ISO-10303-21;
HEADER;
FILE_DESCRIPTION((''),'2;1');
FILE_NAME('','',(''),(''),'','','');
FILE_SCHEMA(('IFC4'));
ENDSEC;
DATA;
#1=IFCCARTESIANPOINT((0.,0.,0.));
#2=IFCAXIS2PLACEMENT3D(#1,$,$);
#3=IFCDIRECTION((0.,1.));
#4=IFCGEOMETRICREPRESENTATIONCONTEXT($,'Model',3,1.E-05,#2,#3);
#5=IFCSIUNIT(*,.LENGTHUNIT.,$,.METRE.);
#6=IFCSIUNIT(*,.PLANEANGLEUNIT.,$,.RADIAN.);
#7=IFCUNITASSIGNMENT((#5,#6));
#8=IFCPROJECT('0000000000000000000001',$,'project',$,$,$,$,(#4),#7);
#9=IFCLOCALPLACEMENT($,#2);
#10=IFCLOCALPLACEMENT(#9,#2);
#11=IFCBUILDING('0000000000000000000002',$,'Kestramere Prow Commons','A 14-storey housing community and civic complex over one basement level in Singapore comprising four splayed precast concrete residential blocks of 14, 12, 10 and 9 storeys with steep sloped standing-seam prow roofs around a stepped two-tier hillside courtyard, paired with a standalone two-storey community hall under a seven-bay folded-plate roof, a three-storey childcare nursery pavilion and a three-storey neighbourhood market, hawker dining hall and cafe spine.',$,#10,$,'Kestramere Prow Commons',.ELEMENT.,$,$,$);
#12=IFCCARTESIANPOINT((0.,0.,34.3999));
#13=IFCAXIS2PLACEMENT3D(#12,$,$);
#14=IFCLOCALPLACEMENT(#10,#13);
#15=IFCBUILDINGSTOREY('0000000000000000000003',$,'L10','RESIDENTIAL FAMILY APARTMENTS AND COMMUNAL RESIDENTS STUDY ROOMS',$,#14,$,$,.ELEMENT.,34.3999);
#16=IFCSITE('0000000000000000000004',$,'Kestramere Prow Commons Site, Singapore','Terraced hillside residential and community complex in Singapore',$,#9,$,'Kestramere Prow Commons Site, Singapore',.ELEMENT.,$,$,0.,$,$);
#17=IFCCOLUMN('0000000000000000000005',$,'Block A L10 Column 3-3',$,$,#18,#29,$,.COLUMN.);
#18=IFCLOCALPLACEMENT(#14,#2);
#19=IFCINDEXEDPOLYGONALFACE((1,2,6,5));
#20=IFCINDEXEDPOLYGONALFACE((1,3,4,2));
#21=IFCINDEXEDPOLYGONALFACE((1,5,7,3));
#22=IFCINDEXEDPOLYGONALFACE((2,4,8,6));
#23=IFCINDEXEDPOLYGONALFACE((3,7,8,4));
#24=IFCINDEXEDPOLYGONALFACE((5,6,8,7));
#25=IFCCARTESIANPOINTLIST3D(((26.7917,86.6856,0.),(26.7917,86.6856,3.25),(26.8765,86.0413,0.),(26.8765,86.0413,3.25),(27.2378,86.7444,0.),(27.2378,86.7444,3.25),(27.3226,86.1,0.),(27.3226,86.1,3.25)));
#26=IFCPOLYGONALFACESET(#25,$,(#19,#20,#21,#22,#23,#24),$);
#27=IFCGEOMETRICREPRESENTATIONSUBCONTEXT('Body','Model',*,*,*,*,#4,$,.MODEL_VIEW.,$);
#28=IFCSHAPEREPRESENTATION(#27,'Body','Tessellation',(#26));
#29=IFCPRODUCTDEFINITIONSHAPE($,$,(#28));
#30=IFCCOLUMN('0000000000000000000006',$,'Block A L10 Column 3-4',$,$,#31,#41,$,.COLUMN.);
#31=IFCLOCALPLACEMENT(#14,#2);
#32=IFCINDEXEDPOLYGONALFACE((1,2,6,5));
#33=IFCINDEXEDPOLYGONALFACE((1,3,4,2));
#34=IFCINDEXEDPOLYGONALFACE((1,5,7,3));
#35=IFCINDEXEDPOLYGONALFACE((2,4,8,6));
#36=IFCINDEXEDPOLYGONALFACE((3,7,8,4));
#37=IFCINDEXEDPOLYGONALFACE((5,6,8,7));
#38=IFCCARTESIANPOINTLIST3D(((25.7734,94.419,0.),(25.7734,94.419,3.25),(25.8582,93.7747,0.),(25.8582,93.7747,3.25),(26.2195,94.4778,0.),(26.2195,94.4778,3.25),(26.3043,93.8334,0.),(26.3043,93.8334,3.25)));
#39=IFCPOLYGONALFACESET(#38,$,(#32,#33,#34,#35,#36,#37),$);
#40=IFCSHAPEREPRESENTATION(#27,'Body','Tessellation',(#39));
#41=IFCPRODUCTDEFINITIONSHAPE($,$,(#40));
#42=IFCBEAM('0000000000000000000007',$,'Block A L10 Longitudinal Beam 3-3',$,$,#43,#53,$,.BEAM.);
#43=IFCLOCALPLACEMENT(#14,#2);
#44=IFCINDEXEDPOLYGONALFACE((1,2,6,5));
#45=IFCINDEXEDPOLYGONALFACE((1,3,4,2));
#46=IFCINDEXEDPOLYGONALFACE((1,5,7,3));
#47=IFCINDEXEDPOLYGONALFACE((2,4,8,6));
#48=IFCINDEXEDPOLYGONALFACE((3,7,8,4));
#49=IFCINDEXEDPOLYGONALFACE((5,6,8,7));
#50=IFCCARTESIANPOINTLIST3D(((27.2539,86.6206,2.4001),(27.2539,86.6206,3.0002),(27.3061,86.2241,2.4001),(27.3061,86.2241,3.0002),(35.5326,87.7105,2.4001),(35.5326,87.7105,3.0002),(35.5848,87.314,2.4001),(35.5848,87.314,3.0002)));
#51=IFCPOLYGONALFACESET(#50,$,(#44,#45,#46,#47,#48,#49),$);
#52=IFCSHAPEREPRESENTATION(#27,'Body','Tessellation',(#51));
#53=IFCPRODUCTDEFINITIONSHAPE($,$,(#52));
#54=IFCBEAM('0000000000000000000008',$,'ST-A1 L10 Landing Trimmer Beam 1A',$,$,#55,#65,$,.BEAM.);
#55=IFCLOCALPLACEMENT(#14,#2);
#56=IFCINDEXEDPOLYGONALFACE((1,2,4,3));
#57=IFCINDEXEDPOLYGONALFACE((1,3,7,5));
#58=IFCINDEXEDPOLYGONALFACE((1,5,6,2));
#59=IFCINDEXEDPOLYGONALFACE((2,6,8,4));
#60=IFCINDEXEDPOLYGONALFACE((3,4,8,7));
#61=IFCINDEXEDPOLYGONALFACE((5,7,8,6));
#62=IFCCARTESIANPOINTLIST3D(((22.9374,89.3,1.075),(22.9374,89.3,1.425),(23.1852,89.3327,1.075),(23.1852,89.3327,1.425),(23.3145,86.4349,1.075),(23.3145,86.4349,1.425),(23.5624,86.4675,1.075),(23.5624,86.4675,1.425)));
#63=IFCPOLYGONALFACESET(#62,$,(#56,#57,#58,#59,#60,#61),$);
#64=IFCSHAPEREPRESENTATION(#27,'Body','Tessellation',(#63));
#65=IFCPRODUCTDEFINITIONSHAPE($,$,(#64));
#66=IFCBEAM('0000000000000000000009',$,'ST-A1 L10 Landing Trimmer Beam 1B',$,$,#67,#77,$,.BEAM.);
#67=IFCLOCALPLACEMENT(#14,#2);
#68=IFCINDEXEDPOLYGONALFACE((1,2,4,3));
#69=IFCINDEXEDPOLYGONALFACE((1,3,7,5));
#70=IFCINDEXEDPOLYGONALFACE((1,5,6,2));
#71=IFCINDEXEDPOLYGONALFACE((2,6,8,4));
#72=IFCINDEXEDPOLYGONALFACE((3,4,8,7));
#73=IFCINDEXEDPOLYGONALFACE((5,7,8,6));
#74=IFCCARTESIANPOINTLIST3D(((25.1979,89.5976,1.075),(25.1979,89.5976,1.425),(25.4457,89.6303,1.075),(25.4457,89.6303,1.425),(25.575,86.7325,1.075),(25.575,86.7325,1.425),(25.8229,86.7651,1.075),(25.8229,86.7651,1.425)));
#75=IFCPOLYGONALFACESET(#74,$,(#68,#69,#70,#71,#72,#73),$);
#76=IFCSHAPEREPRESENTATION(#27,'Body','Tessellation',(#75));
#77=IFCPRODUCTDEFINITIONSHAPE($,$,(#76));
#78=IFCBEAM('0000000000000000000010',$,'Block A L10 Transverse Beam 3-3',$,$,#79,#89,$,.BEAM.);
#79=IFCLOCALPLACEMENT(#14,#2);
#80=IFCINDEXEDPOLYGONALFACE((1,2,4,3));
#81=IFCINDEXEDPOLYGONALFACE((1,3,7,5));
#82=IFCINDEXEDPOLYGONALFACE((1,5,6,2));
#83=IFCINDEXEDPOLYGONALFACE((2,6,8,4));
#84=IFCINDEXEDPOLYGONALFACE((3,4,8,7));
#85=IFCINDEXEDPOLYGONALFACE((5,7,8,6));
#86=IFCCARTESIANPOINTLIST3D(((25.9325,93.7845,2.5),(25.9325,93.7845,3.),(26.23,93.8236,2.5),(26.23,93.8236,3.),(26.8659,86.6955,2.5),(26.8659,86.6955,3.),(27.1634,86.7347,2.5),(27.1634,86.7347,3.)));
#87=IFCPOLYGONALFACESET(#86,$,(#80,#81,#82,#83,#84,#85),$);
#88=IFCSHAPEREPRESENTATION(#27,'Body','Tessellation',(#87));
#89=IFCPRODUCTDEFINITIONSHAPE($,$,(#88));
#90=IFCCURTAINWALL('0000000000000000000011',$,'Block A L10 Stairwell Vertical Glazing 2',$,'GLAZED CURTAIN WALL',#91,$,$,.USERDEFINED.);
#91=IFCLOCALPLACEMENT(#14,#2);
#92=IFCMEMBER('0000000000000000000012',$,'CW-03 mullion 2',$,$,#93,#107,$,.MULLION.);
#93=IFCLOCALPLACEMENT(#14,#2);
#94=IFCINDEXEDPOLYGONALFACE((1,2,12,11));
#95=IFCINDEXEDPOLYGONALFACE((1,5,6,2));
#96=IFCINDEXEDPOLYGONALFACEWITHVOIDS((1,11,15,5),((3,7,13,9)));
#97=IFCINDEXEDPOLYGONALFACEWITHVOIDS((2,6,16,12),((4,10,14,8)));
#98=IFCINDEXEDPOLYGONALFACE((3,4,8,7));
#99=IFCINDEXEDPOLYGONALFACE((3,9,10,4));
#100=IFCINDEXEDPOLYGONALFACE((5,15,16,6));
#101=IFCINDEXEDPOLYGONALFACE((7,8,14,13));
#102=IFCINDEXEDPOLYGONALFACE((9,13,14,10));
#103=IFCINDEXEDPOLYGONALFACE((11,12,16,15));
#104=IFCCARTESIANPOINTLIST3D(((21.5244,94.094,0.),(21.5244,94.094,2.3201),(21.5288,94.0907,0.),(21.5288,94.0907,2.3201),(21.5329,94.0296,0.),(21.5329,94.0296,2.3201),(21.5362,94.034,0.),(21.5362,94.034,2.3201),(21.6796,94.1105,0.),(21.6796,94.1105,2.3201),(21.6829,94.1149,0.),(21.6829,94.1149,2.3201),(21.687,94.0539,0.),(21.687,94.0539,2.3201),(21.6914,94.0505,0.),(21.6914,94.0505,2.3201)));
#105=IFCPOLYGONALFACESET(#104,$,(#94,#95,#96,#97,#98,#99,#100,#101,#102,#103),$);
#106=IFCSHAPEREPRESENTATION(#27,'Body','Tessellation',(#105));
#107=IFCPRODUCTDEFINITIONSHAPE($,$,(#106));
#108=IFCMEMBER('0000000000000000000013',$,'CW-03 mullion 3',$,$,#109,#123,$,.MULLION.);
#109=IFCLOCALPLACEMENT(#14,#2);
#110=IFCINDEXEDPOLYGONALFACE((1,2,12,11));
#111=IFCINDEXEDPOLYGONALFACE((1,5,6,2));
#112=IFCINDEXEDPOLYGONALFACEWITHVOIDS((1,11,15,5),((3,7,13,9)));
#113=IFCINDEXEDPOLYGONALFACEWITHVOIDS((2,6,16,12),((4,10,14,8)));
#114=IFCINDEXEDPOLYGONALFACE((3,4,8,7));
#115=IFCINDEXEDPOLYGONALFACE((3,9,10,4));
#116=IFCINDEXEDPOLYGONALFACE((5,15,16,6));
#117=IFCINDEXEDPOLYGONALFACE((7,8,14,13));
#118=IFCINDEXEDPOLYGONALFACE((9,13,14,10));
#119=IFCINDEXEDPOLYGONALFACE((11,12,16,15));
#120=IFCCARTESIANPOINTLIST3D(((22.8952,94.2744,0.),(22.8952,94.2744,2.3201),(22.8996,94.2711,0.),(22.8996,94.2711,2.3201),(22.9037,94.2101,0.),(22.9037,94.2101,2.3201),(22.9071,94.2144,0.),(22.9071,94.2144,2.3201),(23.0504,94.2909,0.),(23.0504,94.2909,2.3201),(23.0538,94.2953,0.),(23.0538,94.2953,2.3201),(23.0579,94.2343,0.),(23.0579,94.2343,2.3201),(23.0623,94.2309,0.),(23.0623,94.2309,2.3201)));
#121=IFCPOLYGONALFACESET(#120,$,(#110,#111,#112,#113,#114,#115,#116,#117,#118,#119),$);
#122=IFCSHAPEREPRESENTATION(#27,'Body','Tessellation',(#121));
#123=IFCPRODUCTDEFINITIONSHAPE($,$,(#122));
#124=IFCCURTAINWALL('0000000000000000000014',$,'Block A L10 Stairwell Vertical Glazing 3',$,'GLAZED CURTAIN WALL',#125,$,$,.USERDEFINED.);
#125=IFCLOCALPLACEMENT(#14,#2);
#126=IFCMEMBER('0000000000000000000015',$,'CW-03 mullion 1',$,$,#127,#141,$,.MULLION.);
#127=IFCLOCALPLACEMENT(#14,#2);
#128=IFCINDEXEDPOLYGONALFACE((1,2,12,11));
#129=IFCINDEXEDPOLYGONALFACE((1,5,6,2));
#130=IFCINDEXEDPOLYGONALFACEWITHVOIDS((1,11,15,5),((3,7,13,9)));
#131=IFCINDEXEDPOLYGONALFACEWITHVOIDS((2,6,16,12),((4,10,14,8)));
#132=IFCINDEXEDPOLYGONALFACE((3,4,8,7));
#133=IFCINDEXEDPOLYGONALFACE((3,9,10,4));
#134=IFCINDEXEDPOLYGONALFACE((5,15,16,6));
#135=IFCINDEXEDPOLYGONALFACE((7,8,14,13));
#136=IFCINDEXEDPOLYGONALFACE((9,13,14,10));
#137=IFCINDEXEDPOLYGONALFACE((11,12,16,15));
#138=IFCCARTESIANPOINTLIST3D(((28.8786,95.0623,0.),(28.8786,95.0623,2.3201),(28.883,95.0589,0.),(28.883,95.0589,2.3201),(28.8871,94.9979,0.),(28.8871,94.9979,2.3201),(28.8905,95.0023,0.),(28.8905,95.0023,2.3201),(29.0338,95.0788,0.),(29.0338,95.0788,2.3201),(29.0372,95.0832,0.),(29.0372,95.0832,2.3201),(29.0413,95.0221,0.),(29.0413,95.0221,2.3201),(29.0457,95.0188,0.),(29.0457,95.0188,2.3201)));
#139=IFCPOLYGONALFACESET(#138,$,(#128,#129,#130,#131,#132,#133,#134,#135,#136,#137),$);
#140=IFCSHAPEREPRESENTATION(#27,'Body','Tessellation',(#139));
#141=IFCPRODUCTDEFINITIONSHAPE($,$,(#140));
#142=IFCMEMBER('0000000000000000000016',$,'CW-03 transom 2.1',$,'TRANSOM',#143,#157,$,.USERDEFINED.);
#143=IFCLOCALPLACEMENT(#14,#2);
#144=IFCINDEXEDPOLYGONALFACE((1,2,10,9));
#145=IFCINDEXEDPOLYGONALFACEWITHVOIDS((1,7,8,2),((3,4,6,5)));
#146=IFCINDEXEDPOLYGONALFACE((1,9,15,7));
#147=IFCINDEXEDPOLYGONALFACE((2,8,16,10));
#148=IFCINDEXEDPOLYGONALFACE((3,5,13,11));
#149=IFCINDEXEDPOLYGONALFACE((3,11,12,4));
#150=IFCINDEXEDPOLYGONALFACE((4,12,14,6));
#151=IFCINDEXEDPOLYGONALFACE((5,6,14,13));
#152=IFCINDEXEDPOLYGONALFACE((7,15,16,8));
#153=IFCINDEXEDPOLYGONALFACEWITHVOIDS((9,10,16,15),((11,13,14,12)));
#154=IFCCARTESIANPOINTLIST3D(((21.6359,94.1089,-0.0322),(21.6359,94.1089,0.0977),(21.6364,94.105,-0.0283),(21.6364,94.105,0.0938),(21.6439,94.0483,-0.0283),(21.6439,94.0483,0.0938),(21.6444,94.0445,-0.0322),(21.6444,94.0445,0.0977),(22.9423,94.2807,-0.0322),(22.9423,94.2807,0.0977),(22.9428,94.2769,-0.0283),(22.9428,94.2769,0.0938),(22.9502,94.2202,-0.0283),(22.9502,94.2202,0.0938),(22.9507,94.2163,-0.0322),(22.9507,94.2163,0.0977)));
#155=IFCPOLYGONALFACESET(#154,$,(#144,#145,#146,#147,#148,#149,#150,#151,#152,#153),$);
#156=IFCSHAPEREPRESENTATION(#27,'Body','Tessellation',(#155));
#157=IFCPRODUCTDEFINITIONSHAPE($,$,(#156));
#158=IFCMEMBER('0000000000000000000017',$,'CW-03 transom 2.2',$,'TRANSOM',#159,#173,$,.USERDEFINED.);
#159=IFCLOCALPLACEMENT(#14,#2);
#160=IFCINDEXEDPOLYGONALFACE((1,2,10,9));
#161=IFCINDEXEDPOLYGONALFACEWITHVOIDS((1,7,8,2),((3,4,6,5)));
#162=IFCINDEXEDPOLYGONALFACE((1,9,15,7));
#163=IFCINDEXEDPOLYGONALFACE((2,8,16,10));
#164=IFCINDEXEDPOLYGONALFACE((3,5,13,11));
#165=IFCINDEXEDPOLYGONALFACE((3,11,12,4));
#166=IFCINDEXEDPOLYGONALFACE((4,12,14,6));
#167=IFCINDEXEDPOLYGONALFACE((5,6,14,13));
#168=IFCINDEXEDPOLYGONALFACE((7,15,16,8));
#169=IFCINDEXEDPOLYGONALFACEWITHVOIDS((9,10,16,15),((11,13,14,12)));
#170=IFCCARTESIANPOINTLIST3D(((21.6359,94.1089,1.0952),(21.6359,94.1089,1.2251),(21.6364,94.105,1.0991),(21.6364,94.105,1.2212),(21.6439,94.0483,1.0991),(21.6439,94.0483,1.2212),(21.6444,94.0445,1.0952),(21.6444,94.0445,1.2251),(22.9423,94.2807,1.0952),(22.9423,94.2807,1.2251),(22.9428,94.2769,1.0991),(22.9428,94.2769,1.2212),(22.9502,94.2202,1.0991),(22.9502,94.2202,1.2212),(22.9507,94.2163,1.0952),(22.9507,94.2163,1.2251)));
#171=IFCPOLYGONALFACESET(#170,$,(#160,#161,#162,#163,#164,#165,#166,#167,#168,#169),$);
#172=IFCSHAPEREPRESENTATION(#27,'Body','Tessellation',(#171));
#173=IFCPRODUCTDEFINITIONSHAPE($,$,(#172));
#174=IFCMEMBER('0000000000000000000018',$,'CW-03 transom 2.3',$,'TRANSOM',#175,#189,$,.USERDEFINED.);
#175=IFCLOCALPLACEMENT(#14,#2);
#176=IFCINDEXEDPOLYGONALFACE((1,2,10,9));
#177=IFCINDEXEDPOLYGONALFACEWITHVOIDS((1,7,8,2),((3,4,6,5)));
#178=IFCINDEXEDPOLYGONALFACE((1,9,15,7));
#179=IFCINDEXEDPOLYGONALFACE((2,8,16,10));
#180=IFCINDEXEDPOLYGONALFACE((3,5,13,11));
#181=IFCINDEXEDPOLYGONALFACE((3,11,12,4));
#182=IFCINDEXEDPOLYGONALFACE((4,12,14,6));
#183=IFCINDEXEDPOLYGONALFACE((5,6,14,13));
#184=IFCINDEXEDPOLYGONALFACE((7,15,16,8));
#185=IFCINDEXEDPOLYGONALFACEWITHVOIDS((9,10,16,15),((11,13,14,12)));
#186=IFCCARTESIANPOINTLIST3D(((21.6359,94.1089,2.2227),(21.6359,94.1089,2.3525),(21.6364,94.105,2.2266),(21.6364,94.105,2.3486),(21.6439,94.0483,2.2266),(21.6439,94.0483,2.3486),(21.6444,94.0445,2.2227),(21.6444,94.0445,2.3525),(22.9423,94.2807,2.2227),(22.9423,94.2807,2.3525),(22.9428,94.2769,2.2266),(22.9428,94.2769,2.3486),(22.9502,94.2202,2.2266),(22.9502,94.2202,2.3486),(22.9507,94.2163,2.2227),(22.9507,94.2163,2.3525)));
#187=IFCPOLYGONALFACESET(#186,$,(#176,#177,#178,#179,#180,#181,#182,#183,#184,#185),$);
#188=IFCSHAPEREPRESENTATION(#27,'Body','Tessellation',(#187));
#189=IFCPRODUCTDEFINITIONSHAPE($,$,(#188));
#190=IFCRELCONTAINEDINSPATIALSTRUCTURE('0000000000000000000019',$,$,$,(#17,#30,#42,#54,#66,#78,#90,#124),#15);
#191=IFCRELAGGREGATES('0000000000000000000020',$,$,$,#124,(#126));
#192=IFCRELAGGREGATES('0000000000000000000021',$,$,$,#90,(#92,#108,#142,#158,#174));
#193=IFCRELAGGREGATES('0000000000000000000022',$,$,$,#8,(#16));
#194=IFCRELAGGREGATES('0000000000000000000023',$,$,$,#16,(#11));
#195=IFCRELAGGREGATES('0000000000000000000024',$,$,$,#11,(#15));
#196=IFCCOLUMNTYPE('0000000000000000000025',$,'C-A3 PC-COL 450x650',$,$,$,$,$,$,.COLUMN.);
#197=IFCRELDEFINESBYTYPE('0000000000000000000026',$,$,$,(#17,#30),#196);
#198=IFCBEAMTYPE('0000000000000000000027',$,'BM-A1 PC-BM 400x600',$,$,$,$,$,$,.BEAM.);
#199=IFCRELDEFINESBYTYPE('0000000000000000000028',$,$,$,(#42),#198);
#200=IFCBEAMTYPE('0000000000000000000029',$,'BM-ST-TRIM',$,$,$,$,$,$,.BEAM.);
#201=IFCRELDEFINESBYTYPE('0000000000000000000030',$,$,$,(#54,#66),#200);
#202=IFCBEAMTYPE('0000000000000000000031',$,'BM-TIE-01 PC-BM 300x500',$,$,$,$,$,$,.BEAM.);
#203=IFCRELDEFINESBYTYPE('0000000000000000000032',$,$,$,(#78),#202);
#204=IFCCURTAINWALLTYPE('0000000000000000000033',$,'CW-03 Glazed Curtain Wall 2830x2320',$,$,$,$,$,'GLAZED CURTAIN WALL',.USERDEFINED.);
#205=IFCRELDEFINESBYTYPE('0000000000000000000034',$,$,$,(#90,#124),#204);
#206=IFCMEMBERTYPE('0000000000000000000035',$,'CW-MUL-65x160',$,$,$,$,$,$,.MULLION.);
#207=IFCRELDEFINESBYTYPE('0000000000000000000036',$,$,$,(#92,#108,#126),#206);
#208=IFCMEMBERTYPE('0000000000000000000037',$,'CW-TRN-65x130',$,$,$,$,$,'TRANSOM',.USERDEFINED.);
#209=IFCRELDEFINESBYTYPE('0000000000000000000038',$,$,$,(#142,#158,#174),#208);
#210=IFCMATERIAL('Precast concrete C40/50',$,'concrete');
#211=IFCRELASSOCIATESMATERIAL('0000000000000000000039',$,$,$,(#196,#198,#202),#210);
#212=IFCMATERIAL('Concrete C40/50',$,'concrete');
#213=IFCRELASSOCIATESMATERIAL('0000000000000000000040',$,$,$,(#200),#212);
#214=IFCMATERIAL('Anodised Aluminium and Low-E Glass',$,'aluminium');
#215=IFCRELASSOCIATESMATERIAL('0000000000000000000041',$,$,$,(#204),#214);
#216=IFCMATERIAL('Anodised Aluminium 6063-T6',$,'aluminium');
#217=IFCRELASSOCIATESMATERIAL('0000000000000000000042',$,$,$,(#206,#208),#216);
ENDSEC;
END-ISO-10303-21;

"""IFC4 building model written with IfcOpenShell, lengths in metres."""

from ifc_helpers import new_model, si_unit, direction, frame, origin, origin_2d, place, context, subcontext, project, spatial, rectangle, hollow_rectangle, extrude, material, material_profile, profile_set, type_object, element, aggregate, save


model = new_model("IFC4")

# Units and contexts
model_context = context("Model", 3, precision=1e-05, world=origin(), true_north=direction((0.0, 1.0)))
body_context = subcontext(model_context, "Body", "Model", "MODEL_VIEW")
ifc_project = project(units=[si_unit("LENGTHUNIT", "METRE"), si_unit("PLANEANGLEUNIT", "RADIAN")], contexts=[model_context])

# Site, building, storey
site_placement = place(None, origin())
site = spatial("IfcSite", under=ifc_project, at=site_placement, Name="Kestramere Prow Commons Site, Singapore", Description="Terraced hillside residential and community complex in Singapore", LongName="Kestramere Prow Commons Site, Singapore", CompositionType="ELEMENT", RefElevation=0.0)
building_placement = place(site_placement, origin())
building = spatial("IfcBuilding", under=site, at=building_placement, Name="Kestramere Prow Commons", Description="A 14-storey housing community and civic complex over one basement level in Singapore comprising four splayed precast concrete residential blocks of 14, 12, 10 and 9 storeys with steep sloped standing-seam prow roofs around a stepped two-tier hillside courtyard, paired with a standalone two-storey community hall under a seven-bay folded-plate roof, a three-storey childcare nursery pavilion and a three-storey neighbourhood market, hawker dining hall and cafe spine.", LongName="Kestramere Prow Commons", CompositionType="ELEMENT")
storey_placement = place(building_placement, frame((0.0, 0.0, 34.3999)))
storey = spatial("IfcBuildingStorey", under=building, at=storey_placement, Name="L10", Description="RESIDENTIAL FAMILY APARTMENTS AND COMMUNAL RESIDENTS STUDY ROOMS", CompositionType="ELEMENT", Elevation=34.3999)

# Columns
ifc_material_1 = material(Name="Precast concrete C40/50", Category="concrete")
ifc_material_profile_1 = material_profile(ifc_material_1, rectangle(XDim=0.45, YDim=0.6499, at=origin_2d()), Name="PC-COL 450x650")
ifc_profile_set_1 = profile_set([ifc_material_profile_1], Name="Precast concrete C40/50")
column_type = type_object("IfcColumnType", Name="C-A3 PC-COL 450x650", PredefinedType="COLUMN", material=ifc_profile_set_1)
for number, where, z_axis, x_axis, name in (
    (1, (27.0571, 86.3928, 0.0), (0.0, 0.0, 1.0), (0.991445, 0.130526, 0.0), "Block A L10 Column 3-3"),
    (2, (26.0388, 94.1262, 0.0), (0.0, 0.0, 1.0), (0.991445, 0.130526, 0.0), "Block A L10 Column 3-4"),
):
    element("IfcColumn", number, at=place(storey_placement, frame(where, z_axis=z_axis, x_axis=x_axis)), inside=storey, type_object=column_type, Name=name, PredefinedType="COLUMN", context=body_context, shape_type="SweptSolid", body=[
        extrude(rectangle(XDim=0.45, YDim=0.6499, at=origin_2d()), origin(), (0.0, 0.0, 1.0), 3.25),
    ])

# Beams
ifc_material_profile_2 = material_profile(ifc_material_1, rectangle(XDim=0.3999, YDim=0.6001, at=origin_2d()), Name="PC-BM 400x600")
ifc_profile_set_2 = profile_set([ifc_material_profile_2], Name="Precast concrete C40/50")
beam_type_1 = type_object("IfcBeamType", Name="BM-A1 PC-BM 400x600", PredefinedType="BEAM", material=ifc_profile_set_2)
beam_1_placement = place(storey_placement, frame((27.28, 86.4224, 2.7002), z_axis=(0.991446, 0.13052, 0.0), x_axis=(-0.13052, 0.991446, 0.0)))
element("IfcBeam", 3, at=beam_1_placement, inside=storey, type_object=beam_type_1, Name="Block A L10 Longitudinal Beam 3-3", PredefinedType="BEAM", context=body_context, shape_type="SweptSolid", body=[
    extrude(rectangle(XDim=0.3999, YDim=0.6001, at=origin_2d()), origin(), (0.0, 0.0, 1.0), 8.3501),
])
ifc_material_2 = material(Name="Concrete C40/50", Category="concrete")
ifc_material_profile_3 = material_profile(ifc_material_2, rectangle(XDim=0.25, YDim=0.3501, at=origin_2d()), Name="PC-BM 250x350")
ifc_profile_set_3 = profile_set([ifc_material_profile_3], Name="Concrete C40/50")
beam_type_2 = type_object("IfcBeamType", Name="BM-ST-TRIM", PredefinedType="BEAM", material=ifc_profile_set_3)
for number, where, z_axis, x_axis, name in (
    (4, (23.4385, 86.4512, 1.25), (-0.13052, 0.991446, 0.0), (-0.991446, -0.13052, 0.0), "ST-A1 L10 Landing Trimmer Beam 1A"),
    (5, (25.699, 86.7488, 1.25), (-0.13052, 0.991446, 0.0), (-0.991446, -0.13052, 0.0), "ST-A1 L10 Landing Trimmer Beam 1B"),
):
    element("IfcBeam", number, at=place(storey_placement, frame(where, z_axis=z_axis, x_axis=x_axis)), inside=storey, type_object=beam_type_2, Name=name, PredefinedType="BEAM", context=body_context, shape_type="SweptSolid", body=[
        extrude(rectangle(XDim=0.25, YDim=0.3501, at=origin_2d()), origin(), (0.0, 0.0, 1.0), 2.8899),
    ])
ifc_material_profile_4 = material_profile(ifc_material_1, rectangle(XDim=0.3, YDim=0.5, at=origin_2d()), Name="PC-BM 300x500")
ifc_profile_set_4 = profile_set([ifc_material_profile_4], Name="Precast concrete C40/50")
beam_type_3 = type_object("IfcBeamType", Name="BM-TIE-01 PC-BM 300x500", PredefinedType="BEAM", material=ifc_profile_set_4)
beam_2_placement = place(storey_placement, frame((27.0146, 86.7151, 2.75), z_axis=(-0.130538, 0.991443, 0.0), x_axis=(-0.991443, -0.130538, 0.0)))
element("IfcBeam", 6, at=beam_2_placement, inside=storey, type_object=beam_type_3, Name="Block A L10 Transverse Beam 3-3", PredefinedType="BEAM", context=body_context, shape_type="SweptSolid", body=[
    extrude(rectangle(XDim=0.3, YDim=0.5, at=origin_2d()), origin(), (0.0, 0.0, 1.0), 7.1501),
])

# Curtain wall, members
ifc_material_3 = material(Name="Anodised Aluminium and Low-E Glass", Category="aluminium")
curtain_wall_type = type_object("IfcCurtainWallType", Name="CW-03 Glazed Curtain Wall 2830x2320", ElementType="GLAZED CURTAIN WALL", PredefinedType="USERDEFINED", material=ifc_material_3)
curtain_wall_1_placement = place(storey_placement, origin())
curtain_wall_1 = element("IfcCurtainWall", 7, at=curtain_wall_1_placement, inside=storey, type_object=curtain_wall_type, Name="Block A L10 Stairwell Vertical Glazing 2", ObjectType="GLAZED CURTAIN WALL", PredefinedType="USERDEFINED")
ifc_material_4 = material(Name="Anodised Aluminium 6063-T6", Category="aluminium")
ifc_material_profile_5 = material_profile(ifc_material_4, hollow_rectangle(XDim=0.0649, YDim=0.1599, WallThickness=0.0039, at=origin_2d()), Name="ALU-MUL 65x160")
ifc_profile_set_5 = profile_set([ifc_material_profile_5], Name="Anodised Aluminium 6063-T6")
member_type_1 = type_object("IfcMemberType", Name="CW-MUL-65x160", PredefinedType="MULLION", material=ifc_profile_set_5)
member_1_placement = place(storey_placement, frame((21.6079, 94.0723, 0.0), z_axis=(0.0, 0.0, 1.0), x_axis=(-0.130526, 0.991445, 0.0)))
member_1 = element("IfcMember", 8, at=member_1_placement, type_object=member_type_1, Name="CW-03 mullion 2", PredefinedType="MULLION", context=body_context, shape_type="SweptSolid", body=[
    extrude(hollow_rectangle(XDim=0.0649, YDim=0.1599, WallThickness=0.0039, at=origin_2d()), origin(), (0.0, 0.0, 1.0), 2.3201),
])
member_2_placement = place(storey_placement, frame((22.9788, 94.2527, 0.0), z_axis=(0.0, 0.0, 1.0), x_axis=(-0.130526, 0.991445, 0.0)))
member_2 = element("IfcMember", 9, at=member_2_placement, type_object=member_type_1, Name="CW-03 mullion 3", PredefinedType="MULLION", context=body_context, shape_type="SweptSolid", body=[
    extrude(hollow_rectangle(XDim=0.0649, YDim=0.1599, WallThickness=0.0039, at=origin_2d()), origin(), (0.0, 0.0, 1.0), 2.3201),
])

# Curtain wall, member
curtain_wall_2_placement = place(storey_placement, origin())
curtain_wall_2 = element("IfcCurtainWall", 10, at=curtain_wall_2_placement, inside=storey, type_object=curtain_wall_type, Name="Block A L10 Stairwell Vertical Glazing 3", ObjectType="GLAZED CURTAIN WALL", PredefinedType="USERDEFINED")
member_3_placement = place(storey_placement, frame((28.9622, 95.0405, 0.0), z_axis=(0.0, 0.0, 1.0), x_axis=(-0.130526, 0.991445, 0.0)))
member_3 = element("IfcMember", 11, at=member_3_placement, type_object=member_type_1, Name="CW-03 mullion 1", PredefinedType="MULLION", context=body_context, shape_type="SweptSolid", body=[
    extrude(hollow_rectangle(XDim=0.0649, YDim=0.1599, WallThickness=0.0039, at=origin_2d()), origin(), (0.0, 0.0, 1.0), 2.3201),
])

# Members
ifc_material_profile_6 = material_profile(ifc_material_4, hollow_rectangle(XDim=0.0649, YDim=0.1299, WallThickness=0.0039, at=origin_2d()), Name="ALU-TRN 65x130")
ifc_profile_set_6 = profile_set([ifc_material_profile_6], Name="Anodised Aluminium 6063-T6")
member_type_2 = type_object("IfcMemberType", Name="CW-TRN-65x130", ElementType="TRANSOM", PredefinedType="USERDEFINED", material=ifc_profile_set_6)
member_4_placement = place(storey_placement, frame((21.6401, 94.0767, 0.0327), z_axis=(0.991456, 0.13044, 0.0), x_axis=(-0.13044, 0.991456, 0.0)))
member_4 = element("IfcMember", 12, at=member_4_placement, type_object=member_type_2, Name="CW-03 transom 2.1", ObjectType="TRANSOM", PredefinedType="USERDEFINED", context=body_context, shape_type="SweptSolid", body=[
    extrude(hollow_rectangle(XDim=0.0649, YDim=0.1299, WallThickness=0.0039, at=origin_2d()), origin(), (0.0, 0.0, 1.0), 1.3176),
])
member_5_placement = place(storey_placement, frame((21.6401, 94.0767, 1.1602), z_axis=(0.991456, 0.13044, 0.0), x_axis=(-0.13044, 0.991456, 0.0)))
member_5 = element("IfcMember", 13, at=member_5_placement, type_object=member_type_2, Name="CW-03 transom 2.2", ObjectType="TRANSOM", PredefinedType="USERDEFINED", context=body_context, shape_type="SweptSolid", body=[
    extrude(hollow_rectangle(XDim=0.0649, YDim=0.1299, WallThickness=0.0039, at=origin_2d()), origin(), (0.0, 0.0, 1.0), 1.3176),
])
member_6_placement = place(storey_placement, frame((21.6401, 94.0767, 2.2876), z_axis=(0.991456, 0.13044, 0.0), x_axis=(-0.13044, 0.991456, 0.0)))
member_6 = element("IfcMember", 14, at=member_6_placement, type_object=member_type_2, Name="CW-03 transom 2.3", ObjectType="TRANSOM", PredefinedType="USERDEFINED", context=body_context, shape_type="SweptSolid", body=[
    extrude(hollow_rectangle(XDim=0.0649, YDim=0.1299, WallThickness=0.0039, at=origin_2d()), origin(), (0.0, 0.0, 1.0), 1.3176),
])
aggregate(curtain_wall_2, [member_3])

aggregate(curtain_wall_1, [member_1, member_2, member_4, member_5, member_6])

save(model, "model.ifc")
